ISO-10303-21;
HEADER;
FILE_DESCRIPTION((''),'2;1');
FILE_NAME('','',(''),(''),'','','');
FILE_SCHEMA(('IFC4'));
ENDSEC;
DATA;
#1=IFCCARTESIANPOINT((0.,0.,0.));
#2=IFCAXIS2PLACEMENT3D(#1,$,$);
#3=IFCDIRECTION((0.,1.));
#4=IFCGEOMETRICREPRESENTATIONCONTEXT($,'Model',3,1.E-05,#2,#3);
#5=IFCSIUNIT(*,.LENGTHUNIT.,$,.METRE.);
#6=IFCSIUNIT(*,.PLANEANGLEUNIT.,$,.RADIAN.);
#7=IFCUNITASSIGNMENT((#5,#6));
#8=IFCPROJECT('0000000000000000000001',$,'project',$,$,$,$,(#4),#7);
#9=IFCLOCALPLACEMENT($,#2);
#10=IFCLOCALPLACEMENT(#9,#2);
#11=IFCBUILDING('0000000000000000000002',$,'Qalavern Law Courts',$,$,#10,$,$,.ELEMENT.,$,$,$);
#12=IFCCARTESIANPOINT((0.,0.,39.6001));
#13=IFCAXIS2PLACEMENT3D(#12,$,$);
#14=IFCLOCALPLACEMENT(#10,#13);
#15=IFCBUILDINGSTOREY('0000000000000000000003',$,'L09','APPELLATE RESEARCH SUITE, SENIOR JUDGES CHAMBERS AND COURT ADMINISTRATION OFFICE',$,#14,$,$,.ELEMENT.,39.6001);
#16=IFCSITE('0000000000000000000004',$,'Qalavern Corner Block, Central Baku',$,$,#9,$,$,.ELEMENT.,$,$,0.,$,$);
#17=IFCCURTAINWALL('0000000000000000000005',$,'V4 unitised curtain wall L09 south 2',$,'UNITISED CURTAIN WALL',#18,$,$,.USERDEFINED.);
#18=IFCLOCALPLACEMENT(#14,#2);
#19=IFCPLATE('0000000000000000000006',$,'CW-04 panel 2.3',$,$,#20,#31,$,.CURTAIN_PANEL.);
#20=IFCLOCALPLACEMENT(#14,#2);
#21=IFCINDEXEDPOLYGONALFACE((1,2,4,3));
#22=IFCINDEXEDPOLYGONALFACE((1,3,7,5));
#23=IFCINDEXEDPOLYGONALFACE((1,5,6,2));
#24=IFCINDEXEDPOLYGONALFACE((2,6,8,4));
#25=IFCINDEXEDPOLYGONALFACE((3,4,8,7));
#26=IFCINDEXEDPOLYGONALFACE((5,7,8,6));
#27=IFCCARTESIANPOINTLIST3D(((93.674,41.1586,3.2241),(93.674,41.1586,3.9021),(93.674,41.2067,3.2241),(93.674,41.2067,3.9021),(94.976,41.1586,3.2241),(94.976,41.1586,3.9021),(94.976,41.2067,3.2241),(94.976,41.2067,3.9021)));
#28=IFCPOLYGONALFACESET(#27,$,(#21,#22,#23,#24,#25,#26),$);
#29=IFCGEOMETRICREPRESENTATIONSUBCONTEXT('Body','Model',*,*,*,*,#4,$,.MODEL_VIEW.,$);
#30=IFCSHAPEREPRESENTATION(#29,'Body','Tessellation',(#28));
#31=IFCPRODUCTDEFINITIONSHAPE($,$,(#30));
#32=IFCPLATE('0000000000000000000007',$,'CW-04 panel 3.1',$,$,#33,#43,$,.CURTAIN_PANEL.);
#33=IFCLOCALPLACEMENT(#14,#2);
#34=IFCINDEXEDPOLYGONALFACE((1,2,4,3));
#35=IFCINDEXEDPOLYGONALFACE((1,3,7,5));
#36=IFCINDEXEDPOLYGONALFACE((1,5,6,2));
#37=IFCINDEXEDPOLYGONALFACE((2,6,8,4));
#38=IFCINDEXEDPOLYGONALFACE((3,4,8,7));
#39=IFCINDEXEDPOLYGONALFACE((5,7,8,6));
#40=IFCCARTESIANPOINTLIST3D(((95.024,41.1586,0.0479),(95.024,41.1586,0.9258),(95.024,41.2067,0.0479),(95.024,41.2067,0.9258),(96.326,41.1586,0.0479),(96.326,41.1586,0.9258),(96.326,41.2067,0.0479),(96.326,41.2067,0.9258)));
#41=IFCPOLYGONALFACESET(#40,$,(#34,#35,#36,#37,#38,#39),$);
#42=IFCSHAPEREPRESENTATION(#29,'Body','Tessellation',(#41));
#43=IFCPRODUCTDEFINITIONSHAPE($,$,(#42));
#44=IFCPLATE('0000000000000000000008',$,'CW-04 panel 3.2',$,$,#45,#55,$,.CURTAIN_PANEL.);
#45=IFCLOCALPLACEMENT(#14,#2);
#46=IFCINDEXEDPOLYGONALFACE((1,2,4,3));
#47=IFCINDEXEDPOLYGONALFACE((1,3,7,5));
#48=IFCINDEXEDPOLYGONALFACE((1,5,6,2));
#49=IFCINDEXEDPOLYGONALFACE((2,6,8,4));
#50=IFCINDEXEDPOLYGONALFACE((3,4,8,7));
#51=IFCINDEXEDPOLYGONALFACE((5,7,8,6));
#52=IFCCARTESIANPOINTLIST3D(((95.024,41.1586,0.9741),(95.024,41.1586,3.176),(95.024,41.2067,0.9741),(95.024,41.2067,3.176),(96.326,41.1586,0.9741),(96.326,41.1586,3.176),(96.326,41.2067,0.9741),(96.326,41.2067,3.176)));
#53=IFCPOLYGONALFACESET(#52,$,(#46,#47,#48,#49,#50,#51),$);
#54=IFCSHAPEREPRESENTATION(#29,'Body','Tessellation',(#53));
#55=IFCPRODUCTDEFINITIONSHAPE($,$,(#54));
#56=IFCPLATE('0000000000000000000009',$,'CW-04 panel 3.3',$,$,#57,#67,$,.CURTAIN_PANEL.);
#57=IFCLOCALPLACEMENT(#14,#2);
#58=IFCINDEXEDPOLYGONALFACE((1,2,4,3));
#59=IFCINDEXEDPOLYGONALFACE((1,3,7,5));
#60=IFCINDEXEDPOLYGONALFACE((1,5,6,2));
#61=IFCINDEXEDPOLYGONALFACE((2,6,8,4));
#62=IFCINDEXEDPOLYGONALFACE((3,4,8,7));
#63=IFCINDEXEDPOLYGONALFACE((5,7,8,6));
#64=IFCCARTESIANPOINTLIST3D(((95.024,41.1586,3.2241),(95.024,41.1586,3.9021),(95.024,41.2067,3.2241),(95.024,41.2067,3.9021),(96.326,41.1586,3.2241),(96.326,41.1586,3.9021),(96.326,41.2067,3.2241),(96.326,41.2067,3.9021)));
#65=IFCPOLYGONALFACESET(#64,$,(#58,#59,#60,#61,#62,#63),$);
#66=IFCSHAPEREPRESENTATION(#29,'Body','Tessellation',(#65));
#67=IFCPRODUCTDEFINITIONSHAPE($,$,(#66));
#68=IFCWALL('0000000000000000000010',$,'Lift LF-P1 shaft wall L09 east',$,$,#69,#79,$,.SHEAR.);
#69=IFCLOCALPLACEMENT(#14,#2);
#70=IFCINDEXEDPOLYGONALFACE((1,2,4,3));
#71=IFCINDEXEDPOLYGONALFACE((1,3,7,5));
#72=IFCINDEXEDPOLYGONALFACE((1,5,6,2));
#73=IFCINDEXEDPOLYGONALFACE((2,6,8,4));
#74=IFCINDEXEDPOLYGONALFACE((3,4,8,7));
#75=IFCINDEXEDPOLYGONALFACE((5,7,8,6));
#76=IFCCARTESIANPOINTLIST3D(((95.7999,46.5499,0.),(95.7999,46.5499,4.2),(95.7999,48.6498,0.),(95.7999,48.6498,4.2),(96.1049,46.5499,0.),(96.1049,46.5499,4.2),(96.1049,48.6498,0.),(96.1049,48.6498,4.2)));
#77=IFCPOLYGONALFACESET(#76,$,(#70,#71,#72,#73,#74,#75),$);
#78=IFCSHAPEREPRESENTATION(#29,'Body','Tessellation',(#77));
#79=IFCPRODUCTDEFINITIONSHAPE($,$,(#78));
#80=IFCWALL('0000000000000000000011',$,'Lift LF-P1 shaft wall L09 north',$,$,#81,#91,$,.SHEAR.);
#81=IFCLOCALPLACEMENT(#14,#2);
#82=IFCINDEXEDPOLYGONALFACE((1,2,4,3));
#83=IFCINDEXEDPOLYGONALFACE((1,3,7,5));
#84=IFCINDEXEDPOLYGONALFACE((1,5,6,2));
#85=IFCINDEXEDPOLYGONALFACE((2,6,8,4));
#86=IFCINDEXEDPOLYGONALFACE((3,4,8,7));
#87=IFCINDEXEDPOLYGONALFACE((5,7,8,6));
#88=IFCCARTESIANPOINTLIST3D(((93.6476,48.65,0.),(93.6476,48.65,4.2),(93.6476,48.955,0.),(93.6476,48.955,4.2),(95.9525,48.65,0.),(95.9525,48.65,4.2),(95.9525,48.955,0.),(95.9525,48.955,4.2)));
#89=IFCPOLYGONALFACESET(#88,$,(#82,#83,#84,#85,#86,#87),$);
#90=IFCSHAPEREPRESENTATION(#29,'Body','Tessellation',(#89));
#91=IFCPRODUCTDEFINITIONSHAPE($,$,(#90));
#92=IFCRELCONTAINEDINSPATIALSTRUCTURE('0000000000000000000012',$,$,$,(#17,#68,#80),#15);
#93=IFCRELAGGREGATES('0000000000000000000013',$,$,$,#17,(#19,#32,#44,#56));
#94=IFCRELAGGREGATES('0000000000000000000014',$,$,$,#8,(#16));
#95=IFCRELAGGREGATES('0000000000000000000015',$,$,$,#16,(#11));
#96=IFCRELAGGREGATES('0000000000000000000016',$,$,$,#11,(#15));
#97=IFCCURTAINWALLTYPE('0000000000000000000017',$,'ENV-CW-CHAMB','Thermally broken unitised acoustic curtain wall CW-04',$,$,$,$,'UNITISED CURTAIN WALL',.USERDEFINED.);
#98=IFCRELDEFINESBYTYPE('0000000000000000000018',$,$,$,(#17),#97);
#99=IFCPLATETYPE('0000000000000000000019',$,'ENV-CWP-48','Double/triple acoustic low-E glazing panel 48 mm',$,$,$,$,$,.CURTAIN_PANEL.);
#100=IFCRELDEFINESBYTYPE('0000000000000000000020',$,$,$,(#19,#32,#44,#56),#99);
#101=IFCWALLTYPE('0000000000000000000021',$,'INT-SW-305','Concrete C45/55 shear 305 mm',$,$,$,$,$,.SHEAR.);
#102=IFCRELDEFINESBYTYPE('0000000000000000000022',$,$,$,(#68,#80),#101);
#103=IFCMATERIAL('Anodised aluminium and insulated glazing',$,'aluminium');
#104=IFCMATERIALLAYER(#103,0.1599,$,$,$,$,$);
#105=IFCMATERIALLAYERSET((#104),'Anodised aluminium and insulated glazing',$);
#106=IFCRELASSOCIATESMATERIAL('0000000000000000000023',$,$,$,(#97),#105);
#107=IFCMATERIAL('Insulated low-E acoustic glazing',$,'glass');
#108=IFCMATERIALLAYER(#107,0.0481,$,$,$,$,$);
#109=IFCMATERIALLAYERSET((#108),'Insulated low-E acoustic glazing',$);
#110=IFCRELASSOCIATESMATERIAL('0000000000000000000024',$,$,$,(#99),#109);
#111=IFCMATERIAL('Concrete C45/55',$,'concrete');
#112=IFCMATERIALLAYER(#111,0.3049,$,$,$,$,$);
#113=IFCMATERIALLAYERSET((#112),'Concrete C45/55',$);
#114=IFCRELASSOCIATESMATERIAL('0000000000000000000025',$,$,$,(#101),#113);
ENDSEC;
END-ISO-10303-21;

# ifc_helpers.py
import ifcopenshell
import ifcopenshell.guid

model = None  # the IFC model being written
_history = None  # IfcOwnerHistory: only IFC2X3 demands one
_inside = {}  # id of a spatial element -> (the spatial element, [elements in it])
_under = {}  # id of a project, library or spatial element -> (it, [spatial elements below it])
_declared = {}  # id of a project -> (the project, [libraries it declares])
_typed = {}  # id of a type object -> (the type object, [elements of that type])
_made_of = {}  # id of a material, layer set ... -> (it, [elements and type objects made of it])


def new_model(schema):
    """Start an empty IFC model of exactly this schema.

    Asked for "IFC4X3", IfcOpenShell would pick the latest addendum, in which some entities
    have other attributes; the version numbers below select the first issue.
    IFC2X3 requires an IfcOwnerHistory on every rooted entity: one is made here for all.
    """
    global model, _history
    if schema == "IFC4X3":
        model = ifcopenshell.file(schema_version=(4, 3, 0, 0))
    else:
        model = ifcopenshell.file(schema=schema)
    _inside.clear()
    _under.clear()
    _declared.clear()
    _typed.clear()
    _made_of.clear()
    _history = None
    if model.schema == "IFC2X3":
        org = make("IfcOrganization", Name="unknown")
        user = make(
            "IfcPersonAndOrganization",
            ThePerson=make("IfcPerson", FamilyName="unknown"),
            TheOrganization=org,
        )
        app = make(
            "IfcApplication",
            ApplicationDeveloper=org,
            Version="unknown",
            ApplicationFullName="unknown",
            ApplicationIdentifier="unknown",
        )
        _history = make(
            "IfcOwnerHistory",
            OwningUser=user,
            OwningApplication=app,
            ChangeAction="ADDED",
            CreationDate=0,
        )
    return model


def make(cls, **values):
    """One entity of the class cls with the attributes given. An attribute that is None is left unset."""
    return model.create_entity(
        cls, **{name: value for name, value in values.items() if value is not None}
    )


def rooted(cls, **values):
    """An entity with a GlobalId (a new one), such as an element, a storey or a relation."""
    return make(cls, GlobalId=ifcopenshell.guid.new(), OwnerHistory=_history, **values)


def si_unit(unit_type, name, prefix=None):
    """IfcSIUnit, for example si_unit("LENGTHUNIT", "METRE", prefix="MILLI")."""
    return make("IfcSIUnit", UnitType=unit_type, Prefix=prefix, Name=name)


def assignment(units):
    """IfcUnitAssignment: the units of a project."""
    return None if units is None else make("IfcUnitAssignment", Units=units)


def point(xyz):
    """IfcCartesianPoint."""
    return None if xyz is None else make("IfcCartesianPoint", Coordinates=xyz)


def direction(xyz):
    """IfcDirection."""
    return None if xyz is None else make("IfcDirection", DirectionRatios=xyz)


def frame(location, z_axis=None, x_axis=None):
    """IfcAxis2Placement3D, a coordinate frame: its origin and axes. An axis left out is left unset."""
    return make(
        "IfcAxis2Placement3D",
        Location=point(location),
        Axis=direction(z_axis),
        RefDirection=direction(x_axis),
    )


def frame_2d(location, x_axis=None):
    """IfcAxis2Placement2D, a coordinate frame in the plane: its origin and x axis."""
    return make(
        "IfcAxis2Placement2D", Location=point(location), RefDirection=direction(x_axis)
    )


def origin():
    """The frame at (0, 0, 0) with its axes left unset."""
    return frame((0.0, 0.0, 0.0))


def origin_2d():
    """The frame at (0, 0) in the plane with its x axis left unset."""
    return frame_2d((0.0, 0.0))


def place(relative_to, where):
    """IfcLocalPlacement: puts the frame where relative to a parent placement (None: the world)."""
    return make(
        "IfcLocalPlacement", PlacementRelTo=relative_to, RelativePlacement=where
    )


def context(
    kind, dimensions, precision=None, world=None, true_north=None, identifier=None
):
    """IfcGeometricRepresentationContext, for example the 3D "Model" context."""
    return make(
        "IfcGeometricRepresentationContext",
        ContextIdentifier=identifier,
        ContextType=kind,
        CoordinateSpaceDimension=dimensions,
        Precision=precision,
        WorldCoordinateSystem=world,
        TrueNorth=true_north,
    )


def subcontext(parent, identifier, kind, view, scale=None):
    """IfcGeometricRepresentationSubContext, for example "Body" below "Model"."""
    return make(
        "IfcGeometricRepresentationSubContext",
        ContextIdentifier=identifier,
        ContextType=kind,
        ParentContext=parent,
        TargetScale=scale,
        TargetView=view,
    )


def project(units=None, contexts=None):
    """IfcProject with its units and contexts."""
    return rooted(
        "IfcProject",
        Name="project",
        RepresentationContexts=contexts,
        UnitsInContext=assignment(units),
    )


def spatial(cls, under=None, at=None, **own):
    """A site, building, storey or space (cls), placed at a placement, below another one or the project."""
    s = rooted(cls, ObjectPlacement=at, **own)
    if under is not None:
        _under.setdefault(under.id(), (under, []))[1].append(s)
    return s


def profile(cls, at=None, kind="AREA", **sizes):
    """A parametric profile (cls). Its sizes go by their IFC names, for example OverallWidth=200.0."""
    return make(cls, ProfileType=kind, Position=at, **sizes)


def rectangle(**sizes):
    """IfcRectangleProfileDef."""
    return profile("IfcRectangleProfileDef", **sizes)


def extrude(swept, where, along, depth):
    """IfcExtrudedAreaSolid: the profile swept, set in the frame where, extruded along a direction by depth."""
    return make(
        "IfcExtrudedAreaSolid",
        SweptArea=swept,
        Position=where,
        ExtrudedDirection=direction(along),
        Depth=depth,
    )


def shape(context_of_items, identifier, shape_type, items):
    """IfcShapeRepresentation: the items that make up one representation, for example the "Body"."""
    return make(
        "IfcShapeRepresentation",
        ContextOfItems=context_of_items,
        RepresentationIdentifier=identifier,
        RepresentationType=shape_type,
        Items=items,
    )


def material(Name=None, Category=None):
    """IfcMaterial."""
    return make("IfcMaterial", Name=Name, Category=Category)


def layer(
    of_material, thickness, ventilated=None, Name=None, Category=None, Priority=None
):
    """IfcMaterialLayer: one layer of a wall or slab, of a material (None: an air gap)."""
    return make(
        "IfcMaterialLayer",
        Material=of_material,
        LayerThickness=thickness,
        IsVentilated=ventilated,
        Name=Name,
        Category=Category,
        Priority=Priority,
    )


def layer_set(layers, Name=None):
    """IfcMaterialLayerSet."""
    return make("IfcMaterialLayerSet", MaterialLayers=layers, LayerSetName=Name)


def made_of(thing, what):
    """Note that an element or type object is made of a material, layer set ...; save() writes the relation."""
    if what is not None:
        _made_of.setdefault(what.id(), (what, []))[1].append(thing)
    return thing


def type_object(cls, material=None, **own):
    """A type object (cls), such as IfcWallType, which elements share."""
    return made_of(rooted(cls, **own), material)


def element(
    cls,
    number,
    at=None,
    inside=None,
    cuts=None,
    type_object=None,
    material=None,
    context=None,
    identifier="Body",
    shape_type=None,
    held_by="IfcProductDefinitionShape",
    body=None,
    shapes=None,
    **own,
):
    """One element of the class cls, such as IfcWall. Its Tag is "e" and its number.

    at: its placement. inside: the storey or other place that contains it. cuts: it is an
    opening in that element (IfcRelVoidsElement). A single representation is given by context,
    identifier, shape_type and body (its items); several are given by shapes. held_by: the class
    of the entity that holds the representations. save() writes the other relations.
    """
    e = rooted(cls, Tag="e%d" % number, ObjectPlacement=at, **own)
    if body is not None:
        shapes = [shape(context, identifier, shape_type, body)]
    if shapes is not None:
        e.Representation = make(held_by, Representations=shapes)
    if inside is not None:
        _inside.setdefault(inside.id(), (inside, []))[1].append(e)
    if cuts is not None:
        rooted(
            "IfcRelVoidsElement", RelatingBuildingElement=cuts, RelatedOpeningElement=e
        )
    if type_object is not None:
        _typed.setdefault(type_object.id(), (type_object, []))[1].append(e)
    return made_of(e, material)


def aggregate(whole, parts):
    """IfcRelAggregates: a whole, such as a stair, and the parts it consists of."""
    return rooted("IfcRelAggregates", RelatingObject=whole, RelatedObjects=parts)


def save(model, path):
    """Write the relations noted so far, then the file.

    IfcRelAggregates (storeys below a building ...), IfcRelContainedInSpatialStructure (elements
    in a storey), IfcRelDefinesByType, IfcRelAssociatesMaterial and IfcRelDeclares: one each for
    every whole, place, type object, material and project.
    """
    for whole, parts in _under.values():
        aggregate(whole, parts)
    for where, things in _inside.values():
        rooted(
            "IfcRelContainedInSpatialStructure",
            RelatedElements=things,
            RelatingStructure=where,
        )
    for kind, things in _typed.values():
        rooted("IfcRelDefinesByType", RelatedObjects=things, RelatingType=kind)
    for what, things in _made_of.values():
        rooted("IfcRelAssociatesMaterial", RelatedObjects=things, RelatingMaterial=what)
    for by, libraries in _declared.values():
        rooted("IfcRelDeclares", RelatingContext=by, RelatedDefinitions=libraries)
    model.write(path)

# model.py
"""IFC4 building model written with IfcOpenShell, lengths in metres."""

from ifc_helpers import new_model, si_unit, direction, frame, frame_2d, origin, origin_2d, place, context, subcontext, project, spatial, rectangle, extrude, material, layer, layer_set, type_object, element, aggregate, save


model = new_model("IFC4")

# Units and contexts
model_context = context("Model", 3, precision=1e-05, world=origin(), true_north=direction((0.0, 1.0)))
body_context = subcontext(model_context, "Body", "Model", "MODEL_VIEW")
ifc_project = project(units=[si_unit("LENGTHUNIT", "METRE"), si_unit("PLANEANGLEUNIT", "RADIAN")], contexts=[model_context])

# Site, building, storey
site_placement = place(None, origin())
site = spatial("IfcSite", under=ifc_project, at=site_placement, Name="Qalavern Corner Block, Central Baku", CompositionType="ELEMENT", RefElevation=0.0)
building_placement = place(site_placement, origin())
building = spatial("IfcBuilding", under=site, at=building_placement, Name="Qalavern Law Courts", CompositionType="ELEMENT")
storey_placement = place(building_placement, frame((0.0, 0.0, 39.6001)))
storey = spatial("IfcBuildingStorey", under=building, at=storey_placement, Name="L09", Description="APPELLATE RESEARCH SUITE, SENIOR JUDGES CHAMBERS AND COURT ADMINISTRATION OFFICE", CompositionType="ELEMENT", Elevation=39.6001)

# Curtain wall, plates
ifc_material_1 = material(Name="Anodised aluminium and insulated glazing", Category="aluminium")
ifc_layer_1 = layer(ifc_material_1, 0.1599)
ifc_layer_set_1 = layer_set([ifc_layer_1], Name="Anodised aluminium and insulated glazing")
curtain_wall_type = type_object("IfcCurtainWallType", Name="ENV-CW-CHAMB", Description="Thermally broken unitised acoustic curtain wall CW-04", ElementType="UNITISED CURTAIN WALL", PredefinedType="USERDEFINED", material=ifc_layer_set_1)
curtain_wall_placement = place(storey_placement, origin())
curtain_wall = element("IfcCurtainWall", 1, at=curtain_wall_placement, inside=storey, type_object=curtain_wall_type, Name="V4 unitised curtain wall L09 south 2", ObjectType="UNITISED CURTAIN WALL", PredefinedType="USERDEFINED")
ifc_material_2 = material(Name="Insulated low-E acoustic glazing", Category="glass")
ifc_layer_2 = layer(ifc_material_2, 0.0481)
ifc_layer_set_2 = layer_set([ifc_layer_2], Name="Insulated low-E acoustic glazing")
plate_type = type_object("IfcPlateType", Name="ENV-CWP-48", Description="Double/triple acoustic low-E glazing panel 48 mm", PredefinedType="CURTAIN_PANEL", material=ifc_layer_set_2)
plate_1_placement = place(storey_placement, frame((94.325, 41.1826, 3.2241), z_axis=(0.0, 0.0, 1.0), x_axis=(1.0, 0.0, 0.0)))
plate_1 = element("IfcPlate", 2, at=plate_1_placement, type_object=plate_type, Name="CW-04 panel 2.3", PredefinedType="CURTAIN_PANEL", context=body_context, shape_type="SweptSolid", body=[
    extrude(rectangle(XDim=1.302, YDim=0.0481, at=origin_2d()), origin(), (0.0, 0.0, 1.0), 0.678),
])
plate_2_placement = place(storey_placement, frame((95.675, 41.1826, 0.0479), z_axis=(0.0, 0.0, 1.0), x_axis=(1.0, 0.0, 0.0)))
plate_2 = element("IfcPlate", 3, at=plate_2_placement, type_object=plate_type, Name="CW-04 panel 3.1", PredefinedType="CURTAIN_PANEL", context=body_context, shape_type="SweptSolid", body=[
    extrude(rectangle(XDim=1.302, YDim=0.0481, at=origin_2d()), origin(), (0.0, 0.0, 1.0), 0.8779),
])
plate_3_placement = place(storey_placement, frame((95.675, 41.1826, 0.9741), z_axis=(0.0, 0.0, 1.0), x_axis=(1.0, 0.0, 0.0)))
plate_3 = element("IfcPlate", 4, at=plate_3_placement, type_object=plate_type, Name="CW-04 panel 3.2", PredefinedType="CURTAIN_PANEL", context=body_context, shape_type="SweptSolid", body=[
    extrude(rectangle(XDim=1.302, YDim=0.0481, at=origin_2d()), origin(), (0.0, 0.0, 1.0), 2.2019),
])
plate_4_placement = place(storey_placement, frame((95.675, 41.1826, 3.2241), z_axis=(0.0, 0.0, 1.0), x_axis=(1.0, 0.0, 0.0)))
plate_4 = element("IfcPlate", 5, at=plate_4_placement, type_object=plate_type, Name="CW-04 panel 3.3", PredefinedType="CURTAIN_PANEL", context=body_context, shape_type="SweptSolid", body=[
    extrude(rectangle(XDim=1.302, YDim=0.0481, at=origin_2d()), origin(), (0.0, 0.0, 1.0), 0.678),
])
aggregate(curtain_wall, [plate_1, plate_2, plate_3, plate_4])

# Walls
ifc_material_3 = material(Name="Concrete C45/55", Category="concrete")
ifc_layer_3 = layer(ifc_material_3, 0.3049)
ifc_layer_set_3 = layer_set([ifc_layer_3], Name="Concrete C45/55")
wall_type = type_object("IfcWallType", Name="INT-SW-305", Description="Concrete C45/55 shear 305 mm", PredefinedType="SHEAR", material=ifc_layer_set_3)
wall_1_placement = place(storey_placement, frame((95.9524, 46.55, 0.0), z_axis=(0.0, 0.0, 1.0), x_axis=(0.0, 1.0, 0.0)))
element("IfcWall", 6, at=wall_1_placement, inside=storey, type_object=wall_type, Name="Lift LF-P1 shaft wall L09 east", PredefinedType="SHEAR", context=body_context, shape_type="SweptSolid", body=[
    extrude(rectangle(XDim=2.0999, YDim=0.3049, at=frame_2d((1.0498, 0.0))), origin(), (0.0, 0.0, 1.0), 4.2),
])
wall_2_placement = place(storey_placement, frame((95.9524, 48.8025, 0.0), z_axis=(0.0, 0.0, 1.0), x_axis=(-1.0, 0.0, 0.0)))
element("IfcWall", 7, at=wall_2_placement, inside=storey, type_object=wall_type, Name="Lift LF-P1 shaft wall L09 north", PredefinedType="SHEAR", context=body_context, shape_type="SweptSolid", body=[
    extrude(rectangle(XDim=2.3049, YDim=0.3049, at=frame_2d((1.1523, 0.0))), origin(), (0.0, 0.0, 1.0), 4.2),
])

save(model, "model.ifc")
